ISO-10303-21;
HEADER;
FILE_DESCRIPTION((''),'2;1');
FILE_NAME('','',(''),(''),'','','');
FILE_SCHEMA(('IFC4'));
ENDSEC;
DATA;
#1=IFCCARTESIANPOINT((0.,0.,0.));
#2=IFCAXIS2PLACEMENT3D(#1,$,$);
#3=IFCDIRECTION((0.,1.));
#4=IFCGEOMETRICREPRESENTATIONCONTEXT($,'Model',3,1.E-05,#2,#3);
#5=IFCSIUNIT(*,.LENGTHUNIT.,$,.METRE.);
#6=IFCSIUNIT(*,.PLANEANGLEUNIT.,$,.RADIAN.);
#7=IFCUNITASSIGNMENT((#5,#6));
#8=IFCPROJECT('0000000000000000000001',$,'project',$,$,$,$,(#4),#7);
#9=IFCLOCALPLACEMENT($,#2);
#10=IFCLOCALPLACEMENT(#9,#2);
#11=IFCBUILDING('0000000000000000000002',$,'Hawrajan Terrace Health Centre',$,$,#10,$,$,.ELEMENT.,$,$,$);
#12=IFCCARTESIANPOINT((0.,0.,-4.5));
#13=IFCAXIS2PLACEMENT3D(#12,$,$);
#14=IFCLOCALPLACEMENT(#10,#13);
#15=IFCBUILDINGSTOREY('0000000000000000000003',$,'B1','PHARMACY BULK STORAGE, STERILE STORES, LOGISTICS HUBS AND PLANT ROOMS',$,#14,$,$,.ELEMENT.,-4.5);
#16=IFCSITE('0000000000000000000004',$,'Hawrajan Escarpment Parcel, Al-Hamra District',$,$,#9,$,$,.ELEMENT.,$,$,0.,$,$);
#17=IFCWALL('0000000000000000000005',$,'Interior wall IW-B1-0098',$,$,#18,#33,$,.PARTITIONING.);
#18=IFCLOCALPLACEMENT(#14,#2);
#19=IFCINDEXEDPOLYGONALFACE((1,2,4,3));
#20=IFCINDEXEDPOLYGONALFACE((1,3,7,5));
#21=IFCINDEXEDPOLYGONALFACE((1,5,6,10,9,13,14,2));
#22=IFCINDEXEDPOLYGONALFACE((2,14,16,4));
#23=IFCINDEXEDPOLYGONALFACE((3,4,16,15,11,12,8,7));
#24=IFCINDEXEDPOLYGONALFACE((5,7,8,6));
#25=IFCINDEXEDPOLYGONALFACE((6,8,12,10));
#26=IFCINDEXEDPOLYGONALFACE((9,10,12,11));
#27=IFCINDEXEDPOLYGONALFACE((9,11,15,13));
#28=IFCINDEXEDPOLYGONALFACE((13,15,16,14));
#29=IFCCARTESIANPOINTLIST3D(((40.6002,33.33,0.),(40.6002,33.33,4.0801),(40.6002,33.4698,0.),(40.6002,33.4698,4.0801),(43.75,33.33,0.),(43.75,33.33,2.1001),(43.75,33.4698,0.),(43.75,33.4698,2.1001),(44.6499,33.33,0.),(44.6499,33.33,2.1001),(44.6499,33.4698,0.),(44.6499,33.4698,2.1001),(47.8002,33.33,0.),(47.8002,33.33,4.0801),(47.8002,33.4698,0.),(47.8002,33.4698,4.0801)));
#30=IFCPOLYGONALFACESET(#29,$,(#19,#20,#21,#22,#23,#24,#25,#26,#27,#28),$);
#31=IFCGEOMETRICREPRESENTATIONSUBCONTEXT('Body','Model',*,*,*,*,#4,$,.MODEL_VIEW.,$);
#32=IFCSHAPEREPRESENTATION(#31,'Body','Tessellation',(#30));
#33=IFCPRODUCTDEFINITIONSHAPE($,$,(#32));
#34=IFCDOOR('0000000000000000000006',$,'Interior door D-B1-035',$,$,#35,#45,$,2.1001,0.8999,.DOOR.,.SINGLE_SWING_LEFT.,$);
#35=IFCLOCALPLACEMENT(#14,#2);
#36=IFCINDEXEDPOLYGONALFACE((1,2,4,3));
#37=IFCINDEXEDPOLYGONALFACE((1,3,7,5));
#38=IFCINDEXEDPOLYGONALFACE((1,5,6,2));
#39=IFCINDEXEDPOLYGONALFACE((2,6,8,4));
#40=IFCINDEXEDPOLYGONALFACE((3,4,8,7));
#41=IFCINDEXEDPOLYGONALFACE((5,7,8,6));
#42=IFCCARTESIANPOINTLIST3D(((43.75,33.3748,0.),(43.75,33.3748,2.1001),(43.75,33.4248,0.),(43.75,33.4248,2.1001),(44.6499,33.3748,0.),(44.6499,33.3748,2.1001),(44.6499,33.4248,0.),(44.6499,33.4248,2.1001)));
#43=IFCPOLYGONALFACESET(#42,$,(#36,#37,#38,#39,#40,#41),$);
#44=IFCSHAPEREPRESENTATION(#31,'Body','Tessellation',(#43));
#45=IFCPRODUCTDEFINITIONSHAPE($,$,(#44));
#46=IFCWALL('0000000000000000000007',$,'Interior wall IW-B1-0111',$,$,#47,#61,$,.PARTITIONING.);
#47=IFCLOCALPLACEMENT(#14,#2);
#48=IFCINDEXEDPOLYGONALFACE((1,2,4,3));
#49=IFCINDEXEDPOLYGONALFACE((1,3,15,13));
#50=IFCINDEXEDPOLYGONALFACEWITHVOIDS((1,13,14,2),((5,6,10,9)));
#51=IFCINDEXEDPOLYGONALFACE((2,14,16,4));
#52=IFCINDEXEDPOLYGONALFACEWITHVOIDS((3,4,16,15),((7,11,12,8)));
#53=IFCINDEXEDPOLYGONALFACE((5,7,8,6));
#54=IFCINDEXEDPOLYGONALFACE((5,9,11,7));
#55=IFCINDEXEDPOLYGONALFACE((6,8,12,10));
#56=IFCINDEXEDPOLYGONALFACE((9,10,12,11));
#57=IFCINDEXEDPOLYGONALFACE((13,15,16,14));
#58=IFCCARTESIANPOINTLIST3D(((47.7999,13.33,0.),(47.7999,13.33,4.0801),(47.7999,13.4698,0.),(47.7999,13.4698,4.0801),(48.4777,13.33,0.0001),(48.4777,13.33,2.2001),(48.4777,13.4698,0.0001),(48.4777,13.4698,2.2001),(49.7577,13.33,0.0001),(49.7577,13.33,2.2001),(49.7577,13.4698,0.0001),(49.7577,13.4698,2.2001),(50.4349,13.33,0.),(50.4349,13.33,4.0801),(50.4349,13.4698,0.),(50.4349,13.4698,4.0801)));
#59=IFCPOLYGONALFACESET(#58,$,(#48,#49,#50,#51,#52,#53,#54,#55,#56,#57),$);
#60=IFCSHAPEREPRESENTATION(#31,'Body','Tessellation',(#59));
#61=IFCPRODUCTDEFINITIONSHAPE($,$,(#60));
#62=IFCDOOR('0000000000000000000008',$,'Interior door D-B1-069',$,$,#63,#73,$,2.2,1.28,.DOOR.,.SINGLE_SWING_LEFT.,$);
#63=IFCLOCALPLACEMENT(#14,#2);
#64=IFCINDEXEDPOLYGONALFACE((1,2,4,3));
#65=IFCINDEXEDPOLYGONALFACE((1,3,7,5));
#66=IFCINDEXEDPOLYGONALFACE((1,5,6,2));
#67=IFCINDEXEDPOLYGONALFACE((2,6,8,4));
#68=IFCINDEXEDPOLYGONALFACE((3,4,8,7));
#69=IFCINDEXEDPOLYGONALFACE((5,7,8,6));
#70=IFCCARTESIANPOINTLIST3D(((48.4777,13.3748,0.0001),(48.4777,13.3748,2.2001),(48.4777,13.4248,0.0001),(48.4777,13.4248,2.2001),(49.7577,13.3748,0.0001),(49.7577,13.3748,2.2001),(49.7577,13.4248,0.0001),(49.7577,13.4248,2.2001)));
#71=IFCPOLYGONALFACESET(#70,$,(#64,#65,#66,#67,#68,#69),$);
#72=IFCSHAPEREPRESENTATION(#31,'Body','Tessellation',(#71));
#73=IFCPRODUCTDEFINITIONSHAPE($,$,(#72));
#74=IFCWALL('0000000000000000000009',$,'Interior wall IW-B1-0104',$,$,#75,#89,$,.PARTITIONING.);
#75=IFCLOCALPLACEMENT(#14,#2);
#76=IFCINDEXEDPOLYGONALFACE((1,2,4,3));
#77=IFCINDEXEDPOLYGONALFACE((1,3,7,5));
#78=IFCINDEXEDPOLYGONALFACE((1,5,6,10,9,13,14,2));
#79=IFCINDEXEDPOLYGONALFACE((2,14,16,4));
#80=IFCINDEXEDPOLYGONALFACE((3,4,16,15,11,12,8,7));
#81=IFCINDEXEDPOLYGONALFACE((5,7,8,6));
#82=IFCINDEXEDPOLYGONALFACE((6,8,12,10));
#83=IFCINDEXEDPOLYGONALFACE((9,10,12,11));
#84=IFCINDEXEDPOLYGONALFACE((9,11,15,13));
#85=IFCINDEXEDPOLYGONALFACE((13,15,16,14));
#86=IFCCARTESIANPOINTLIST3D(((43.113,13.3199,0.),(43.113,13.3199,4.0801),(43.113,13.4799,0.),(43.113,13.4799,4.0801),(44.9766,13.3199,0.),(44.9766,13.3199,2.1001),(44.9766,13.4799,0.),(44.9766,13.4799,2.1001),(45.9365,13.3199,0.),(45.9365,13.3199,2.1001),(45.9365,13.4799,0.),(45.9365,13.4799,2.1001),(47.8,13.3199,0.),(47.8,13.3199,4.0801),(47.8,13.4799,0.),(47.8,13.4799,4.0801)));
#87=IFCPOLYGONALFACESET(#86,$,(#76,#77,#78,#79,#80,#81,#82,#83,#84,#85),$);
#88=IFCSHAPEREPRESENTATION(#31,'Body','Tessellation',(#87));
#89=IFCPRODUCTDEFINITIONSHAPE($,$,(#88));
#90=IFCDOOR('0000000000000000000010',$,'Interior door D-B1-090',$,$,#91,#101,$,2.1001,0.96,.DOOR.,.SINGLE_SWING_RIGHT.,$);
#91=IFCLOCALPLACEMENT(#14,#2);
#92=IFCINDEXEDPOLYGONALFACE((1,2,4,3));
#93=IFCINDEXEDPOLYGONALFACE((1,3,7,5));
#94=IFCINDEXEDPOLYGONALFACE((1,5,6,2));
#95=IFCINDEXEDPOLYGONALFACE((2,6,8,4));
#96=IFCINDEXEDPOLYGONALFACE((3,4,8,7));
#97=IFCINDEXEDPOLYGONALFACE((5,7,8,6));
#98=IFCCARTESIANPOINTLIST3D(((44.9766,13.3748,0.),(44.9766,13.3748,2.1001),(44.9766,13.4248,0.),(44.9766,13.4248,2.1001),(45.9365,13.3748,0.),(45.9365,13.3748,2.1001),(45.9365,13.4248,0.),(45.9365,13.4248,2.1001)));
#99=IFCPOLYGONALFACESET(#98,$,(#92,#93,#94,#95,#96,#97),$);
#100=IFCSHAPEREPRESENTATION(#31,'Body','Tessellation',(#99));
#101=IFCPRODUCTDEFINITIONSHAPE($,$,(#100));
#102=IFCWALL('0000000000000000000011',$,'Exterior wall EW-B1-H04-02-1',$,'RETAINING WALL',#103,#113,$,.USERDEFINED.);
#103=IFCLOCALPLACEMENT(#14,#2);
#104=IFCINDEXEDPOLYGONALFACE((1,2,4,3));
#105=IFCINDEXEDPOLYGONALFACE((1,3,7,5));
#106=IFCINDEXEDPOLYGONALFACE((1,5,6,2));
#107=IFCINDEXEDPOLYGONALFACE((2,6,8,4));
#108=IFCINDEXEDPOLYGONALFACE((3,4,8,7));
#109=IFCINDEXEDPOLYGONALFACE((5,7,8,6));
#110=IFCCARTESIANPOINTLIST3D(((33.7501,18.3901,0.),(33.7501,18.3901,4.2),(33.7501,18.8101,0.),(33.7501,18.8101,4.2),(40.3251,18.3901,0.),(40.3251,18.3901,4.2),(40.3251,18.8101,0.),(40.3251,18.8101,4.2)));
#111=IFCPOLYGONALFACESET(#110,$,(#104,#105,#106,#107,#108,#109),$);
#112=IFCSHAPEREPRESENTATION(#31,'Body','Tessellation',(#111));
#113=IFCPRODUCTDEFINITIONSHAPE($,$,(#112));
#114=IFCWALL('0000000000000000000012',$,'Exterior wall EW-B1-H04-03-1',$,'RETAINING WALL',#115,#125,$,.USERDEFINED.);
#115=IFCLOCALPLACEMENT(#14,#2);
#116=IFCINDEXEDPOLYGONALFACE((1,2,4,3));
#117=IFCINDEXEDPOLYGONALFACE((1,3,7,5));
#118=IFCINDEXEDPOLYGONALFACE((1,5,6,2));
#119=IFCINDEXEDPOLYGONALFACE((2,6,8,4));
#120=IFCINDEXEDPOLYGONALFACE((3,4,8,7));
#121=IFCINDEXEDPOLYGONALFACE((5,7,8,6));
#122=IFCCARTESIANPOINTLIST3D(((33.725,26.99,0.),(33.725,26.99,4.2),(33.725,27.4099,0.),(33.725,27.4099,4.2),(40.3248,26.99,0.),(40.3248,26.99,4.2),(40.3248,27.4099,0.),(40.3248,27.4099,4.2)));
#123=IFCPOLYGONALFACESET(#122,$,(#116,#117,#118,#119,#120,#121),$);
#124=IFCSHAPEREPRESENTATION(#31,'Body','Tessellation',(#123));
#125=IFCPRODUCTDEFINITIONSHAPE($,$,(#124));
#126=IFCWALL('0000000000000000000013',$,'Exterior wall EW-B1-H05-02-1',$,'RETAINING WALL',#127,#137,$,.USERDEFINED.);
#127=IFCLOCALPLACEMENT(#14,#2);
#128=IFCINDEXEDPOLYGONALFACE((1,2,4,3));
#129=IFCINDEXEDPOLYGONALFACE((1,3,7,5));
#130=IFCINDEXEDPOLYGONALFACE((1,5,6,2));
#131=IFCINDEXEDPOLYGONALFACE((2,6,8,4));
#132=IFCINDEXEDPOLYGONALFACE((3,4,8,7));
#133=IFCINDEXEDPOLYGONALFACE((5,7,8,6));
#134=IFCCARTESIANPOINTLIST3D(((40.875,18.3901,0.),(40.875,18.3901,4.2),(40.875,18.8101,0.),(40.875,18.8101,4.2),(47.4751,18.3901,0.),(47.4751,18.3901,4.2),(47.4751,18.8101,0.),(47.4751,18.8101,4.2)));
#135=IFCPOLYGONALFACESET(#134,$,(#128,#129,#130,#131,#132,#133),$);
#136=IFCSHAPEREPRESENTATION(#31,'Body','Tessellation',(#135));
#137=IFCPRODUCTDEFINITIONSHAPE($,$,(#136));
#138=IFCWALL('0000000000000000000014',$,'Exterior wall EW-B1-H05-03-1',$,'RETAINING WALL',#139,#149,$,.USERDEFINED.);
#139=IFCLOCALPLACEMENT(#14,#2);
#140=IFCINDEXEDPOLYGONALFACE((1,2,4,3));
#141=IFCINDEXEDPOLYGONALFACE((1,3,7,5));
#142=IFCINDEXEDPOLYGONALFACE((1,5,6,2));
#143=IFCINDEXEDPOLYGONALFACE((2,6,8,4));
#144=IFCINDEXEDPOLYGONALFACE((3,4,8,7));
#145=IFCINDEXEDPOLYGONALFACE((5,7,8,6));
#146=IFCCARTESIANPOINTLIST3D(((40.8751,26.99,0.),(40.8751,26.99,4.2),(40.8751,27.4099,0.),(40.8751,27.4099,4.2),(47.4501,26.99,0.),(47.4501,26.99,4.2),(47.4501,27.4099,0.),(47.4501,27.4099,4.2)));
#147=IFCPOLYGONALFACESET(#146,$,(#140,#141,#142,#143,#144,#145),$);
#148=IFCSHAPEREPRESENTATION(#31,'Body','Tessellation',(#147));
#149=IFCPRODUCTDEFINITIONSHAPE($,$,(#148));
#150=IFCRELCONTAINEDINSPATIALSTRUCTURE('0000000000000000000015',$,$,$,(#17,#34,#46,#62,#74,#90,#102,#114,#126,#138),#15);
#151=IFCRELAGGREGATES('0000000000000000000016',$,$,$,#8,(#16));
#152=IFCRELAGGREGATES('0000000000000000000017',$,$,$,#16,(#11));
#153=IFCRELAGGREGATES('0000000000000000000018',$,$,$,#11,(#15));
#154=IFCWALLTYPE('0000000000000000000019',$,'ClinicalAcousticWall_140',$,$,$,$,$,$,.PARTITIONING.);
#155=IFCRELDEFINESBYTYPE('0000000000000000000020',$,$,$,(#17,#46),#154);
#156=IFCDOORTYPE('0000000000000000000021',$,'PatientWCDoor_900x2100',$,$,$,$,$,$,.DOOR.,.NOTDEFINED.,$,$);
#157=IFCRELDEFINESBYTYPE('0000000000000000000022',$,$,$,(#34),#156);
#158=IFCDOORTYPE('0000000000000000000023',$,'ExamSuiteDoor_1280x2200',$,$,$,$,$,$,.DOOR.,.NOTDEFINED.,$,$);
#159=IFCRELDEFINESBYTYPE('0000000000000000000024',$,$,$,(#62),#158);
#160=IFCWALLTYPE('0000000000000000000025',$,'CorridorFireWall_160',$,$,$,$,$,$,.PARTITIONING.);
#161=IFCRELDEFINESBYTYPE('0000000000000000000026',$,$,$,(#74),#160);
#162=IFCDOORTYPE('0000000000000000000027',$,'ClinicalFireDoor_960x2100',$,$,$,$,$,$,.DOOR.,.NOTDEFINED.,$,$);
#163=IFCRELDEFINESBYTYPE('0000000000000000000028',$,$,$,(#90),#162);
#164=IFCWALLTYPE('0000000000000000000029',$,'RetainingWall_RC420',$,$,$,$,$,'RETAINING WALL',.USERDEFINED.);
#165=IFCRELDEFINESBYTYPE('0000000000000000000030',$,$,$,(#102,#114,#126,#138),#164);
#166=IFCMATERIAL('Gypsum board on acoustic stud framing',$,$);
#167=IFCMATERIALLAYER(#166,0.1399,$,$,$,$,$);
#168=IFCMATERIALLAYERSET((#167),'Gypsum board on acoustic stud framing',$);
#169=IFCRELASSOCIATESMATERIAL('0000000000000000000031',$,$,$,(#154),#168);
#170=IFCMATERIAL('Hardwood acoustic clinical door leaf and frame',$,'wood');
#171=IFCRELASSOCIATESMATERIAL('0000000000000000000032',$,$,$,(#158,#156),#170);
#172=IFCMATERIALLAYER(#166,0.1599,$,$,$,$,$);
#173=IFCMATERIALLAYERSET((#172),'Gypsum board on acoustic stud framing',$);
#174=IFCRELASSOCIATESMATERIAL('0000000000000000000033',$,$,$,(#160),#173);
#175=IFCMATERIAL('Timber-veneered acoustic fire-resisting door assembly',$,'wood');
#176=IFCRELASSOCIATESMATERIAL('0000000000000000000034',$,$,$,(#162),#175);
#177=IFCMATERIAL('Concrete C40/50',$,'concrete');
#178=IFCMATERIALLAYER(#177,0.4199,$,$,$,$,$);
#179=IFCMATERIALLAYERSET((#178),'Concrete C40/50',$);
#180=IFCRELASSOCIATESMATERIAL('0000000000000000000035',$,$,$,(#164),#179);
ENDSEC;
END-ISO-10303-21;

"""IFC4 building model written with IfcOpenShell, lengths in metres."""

from ifc_helpers import new_model, si_unit, direction, frame, frame_2d, origin, place, context, subcontext, project, spatial, rectangle, extrude, material, layer, layer_set, type_object, element, fill, save


model = new_model("IFC4")

# Units and contexts
model_context = context("Model", 3, precision=1e-05, world=origin(), true_north=direction((0.0, 1.0)))
body_context = subcontext(model_context, "Body", "Model", "MODEL_VIEW")
ifc_project = project(units=[si_unit("LENGTHUNIT", "METRE"), si_unit("PLANEANGLEUNIT", "RADIAN")], contexts=[model_context])

# Site, building, storey
site_placement = place(None, origin())
site = spatial("IfcSite", under=ifc_project, at=site_placement, Name="Hawrajan Escarpment Parcel, Al-Hamra District", CompositionType="ELEMENT", RefElevation=0.0)
building_placement = place(site_placement, origin())
building = spatial("IfcBuilding", under=site, at=building_placement, Name="Hawrajan Terrace Health Centre", CompositionType="ELEMENT")
storey_placement = place(building_placement, frame((0.0, 0.0, -4.5)))
storey = spatial("IfcBuildingStorey", under=building, at=storey_placement, Name="B1", Description="PHARMACY BULK STORAGE, STERILE STORES, LOGISTICS HUBS AND PLANT ROOMS", CompositionType="ELEMENT", Elevation=-4.5)

# Shared definitions
ifc_material_1 = material(Name="Concrete C40/50", Category="concrete")

# Shared definitions
ifc_material_2 = material(Name="Gypsum board on acoustic stud framing")
ifc_layer_1 = layer(ifc_material_2, 0.1399)
ifc_layer_set_1 = layer_set([ifc_layer_1], Name="Gypsum board on acoustic stud framing")
wall_type_1 = type_object("IfcWallType", Name="ClinicalAcousticWall_140", PredefinedType="PARTITIONING", material=ifc_layer_set_1)

# Walls, openings, doors
ifc_material_3 = material(Name="Hardwood acoustic clinical door leaf and frame", Category="wood")
door_type_1 = type_object("IfcDoorType", Name="ExamSuiteDoor_1280x2200", OperationType="NOTDEFINED", PredefinedType="DOOR", material=ifc_material_3)
wall_1_placement = place(storey_placement, frame((40.6001, 33.3999, 0.0), z_axis=(0.0, 0.0, 1.0), x_axis=(1.0, 0.0, 0.0)))
wall_1 = element("IfcWall", 1, at=wall_1_placement, inside=storey, type_object=wall_type_1, Name="Interior wall IW-B1-0098", PredefinedType="PARTITIONING", context=body_context, shape_type="SweptSolid", body=[
    extrude(rectangle(XDim=7.2, YDim=0.1399, at=frame_2d((3.6001, 0.0))), origin(), (0.0, 0.0, 1.0), 4.0801),
])
opening_1_placement = place(wall_1_placement, frame((3.1499, 0.0, 0.0)))
opening_1 = element("IfcOpeningElement", 2, at=opening_1_placement, cuts=wall_1, PredefinedType="OPENING", context=body_context, shape_type="SweptSolid", body=[
    extrude(rectangle(XDim=0.8999, YDim=2.1001, at=frame_2d((0.45, 1.05))), frame((0.0, 0.0798, 0.0), z_axis=(0.0, -1.0, 0.0), x_axis=(1.0, 0.0, 0.0)), (0.0, 0.0, 1.0), 0.1599),
])
door_type_2 = type_object("IfcDoorType", Name="PatientWCDoor_900x2100", OperationType="NOTDEFINED", PredefinedType="DOOR", material=ifc_material_3)
door_1_placement = place(opening_1_placement, origin())
door_1 = element("IfcDoor", 3, at=door_1_placement, inside=storey, type_object=door_type_2, Name="Interior door D-B1-035", OperationType="SINGLE_SWING_LEFT", OverallHeight=2.1001, OverallWidth=0.8999, PredefinedType="DOOR", context=body_context, shape_type="SweptSolid", body=[
    extrude(rectangle(XDim=0.8999, YDim=2.1001, at=frame_2d((0.45, 1.05))), frame((0.0, 0.0249, 0.0), z_axis=(0.0, -1.0, 0.0), x_axis=(1.0, 0.0, 0.0)), (0.0, 0.0, 1.0), 0.05),
])
fill(opening_1, door_1)
wall_2_placement = place(storey_placement, frame((47.8, 13.3999, 0.0), z_axis=(0.0, 0.0, 1.0), x_axis=(1.0, 0.0, 0.0)))
wall_2 = element("IfcWall", 4, at=wall_2_placement, inside=storey, type_object=wall_type_1, Name="Interior wall IW-B1-0111", PredefinedType="PARTITIONING", context=body_context, shape_type="SweptSolid", body=[
    extrude(rectangle(XDim=2.635, YDim=0.1399, at=frame_2d((1.3174, 0.0))), origin(), (0.0, 0.0, 1.0), 4.0801),
])
opening_2_placement = place(wall_2_placement, frame((0.6775, 0.0, 0.0)))
opening_2 = element("IfcOpeningElement", 5, at=opening_2_placement, cuts=wall_2, PredefinedType="OPENING", context=body_context, shape_type="SweptSolid", body=[
    extrude(rectangle(XDim=1.28, YDim=2.2, at=frame_2d((0.6401, 1.1001))), frame((0.0, 0.0798, 0.0), z_axis=(0.0, -1.0, 0.0), x_axis=(1.0, 0.0, 0.0)), (0.0, 0.0, 1.0), 0.1599),
])
door_2_placement = place(opening_2_placement, origin())
door_2 = element("IfcDoor", 6, at=door_2_placement, inside=storey, type_object=door_type_1, Name="Interior door D-B1-069", OperationType="SINGLE_SWING_LEFT", OverallHeight=2.2, OverallWidth=1.28, PredefinedType="DOOR", context=body_context, shape_type="SweptSolid", body=[
    extrude(rectangle(XDim=1.28, YDim=2.2, at=frame_2d((0.6401, 1.1001))), frame((0.0, 0.0249, 0.0), z_axis=(0.0, -1.0, 0.0), x_axis=(1.0, 0.0, 0.0)), (0.0, 0.0, 1.0), 0.05),
])
fill(opening_2, door_2)

# Shared definitions
ifc_layer_2 = layer(ifc_material_2, 0.1599)
ifc_layer_set_2 = layer_set([ifc_layer_2], Name="Gypsum board on acoustic stud framing")
wall_type_2 = type_object("IfcWallType", Name="CorridorFireWall_160", PredefinedType="PARTITIONING", material=ifc_layer_set_2)

# Wall, opening, door
wall_3_placement = place(storey_placement, frame((43.113, 13.3999, 0.0), z_axis=(0.0, 0.0, 1.0), x_axis=(1.0, 0.0, 0.0)))
wall_3 = element("IfcWall", 7, at=wall_3_placement, inside=storey, type_object=wall_type_2, Name="Interior wall IW-B1-0104", PredefinedType="PARTITIONING", context=body_context, shape_type="SweptSolid", body=[
    extrude(rectangle(XDim=4.687, YDim=0.1599, at=frame_2d((2.3435, 0.0))), origin(), (0.0, 0.0, 1.0), 4.0801),
])
opening_3_placement = place(wall_3_placement, frame((1.8635, 0.0, 0.0)))
opening_3 = element("IfcOpeningElement", 8, at=opening_3_placement, cuts=wall_3, PredefinedType="OPENING", context=body_context, shape_type="SweptSolid", body=[
    extrude(rectangle(XDim=0.96, YDim=2.1001, at=frame_2d((0.48, 1.05))), frame((0.0, 0.0898, 0.0), z_axis=(0.0, -1.0, 0.0), x_axis=(1.0, 0.0, 0.0)), (0.0, 0.0, 1.0), 0.1799),
])
ifc_material_4 = material(Name="Timber-veneered acoustic fire-resisting door assembly", Category="wood")
door_type_3 = type_object("IfcDoorType", Name="ClinicalFireDoor_960x2100", OperationType="NOTDEFINED", PredefinedType="DOOR", material=ifc_material_4)
door_3_placement = place(opening_3_placement, origin())
door_3 = element("IfcDoor", 9, at=door_3_placement, inside=storey, type_object=door_type_3, Name="Interior door D-B1-090", OperationType="SINGLE_SWING_RIGHT", OverallHeight=2.1001, OverallWidth=0.96, PredefinedType="DOOR", context=body_context, shape_type="SweptSolid", body=[
    extrude(rectangle(XDim=0.96, YDim=2.1001, at=frame_2d((0.48, 1.05))), frame((0.0, 0.0249, 0.0), z_axis=(0.0, -1.0, 0.0), x_axis=(1.0, 0.0, 0.0)), (0.0, 0.0, 1.0), 0.05),
])
fill(opening_3, door_3)

# Walls
ifc_layer_3 = layer(ifc_material_1, 0.4199)
ifc_layer_set_3 = layer_set([ifc_layer_3], Name="Concrete C40/50")
wall_type_3 = type_object("IfcWallType", Name="RetainingWall_RC420", ElementType="RETAINING WALL", PredefinedType="USERDEFINED", material=ifc_layer_set_3)
wall_4_placement = place(storey_placement, frame((33.75, 18.6001, 0.0), z_axis=(0.0, 0.0, 1.0), x_axis=(1.0, 0.0, 0.0)))
element("IfcWall", 10, at=wall_4_placement, inside=storey, type_object=wall_type_3, Name="Exterior wall EW-B1-H04-02-1", ObjectType="RETAINING WALL", PredefinedType="USERDEFINED", context=body_context, shape_type="SweptSolid", body=[
    extrude(rectangle(XDim=6.575, YDim=0.4199, at=frame_2d((3.2876, 0.0))), origin(), (0.0, 0.0, 1.0), 4.2),
])
wall_5_placement = place(storey_placement, frame((33.7251, 27.2, 0.0), z_axis=(0.0, 0.0, 1.0), x_axis=(1.0, 0.0, 0.0)))
element("IfcWall", 11, at=wall_5_placement, inside=storey, type_object=wall_type_3, Name="Exterior wall EW-B1-H04-03-1", ObjectType="RETAINING WALL", PredefinedType="USERDEFINED", context=body_context, shape_type="SweptSolid", body=[
    extrude(rectangle(XDim=6.5999, YDim=0.4199, at=frame_2d((3.2998, 0.0))), origin(), (0.0, 0.0, 1.0), 4.2),
])
wall_6_placement = place(storey_placement, frame((40.875, 18.6001, 0.0), z_axis=(0.0, 0.0, 1.0), x_axis=(1.0, 0.0, 0.0)))
element("IfcWall", 12, at=wall_6_placement, inside=storey, type_object=wall_type_3, Name="Exterior wall EW-B1-H05-02-1", ObjectType="RETAINING WALL", PredefinedType="USERDEFINED", context=body_context, shape_type="SweptSolid", body=[
    extrude(rectangle(XDim=6.6001, YDim=0.4199, at=frame_2d((3.3, 0.0))), origin(), (0.0, 0.0, 1.0), 4.2),
])
wall_7_placement = place(storey_placement, frame((40.875, 27.2, 0.0), z_axis=(0.0, 0.0, 1.0), x_axis=(1.0, 0.0, 0.0)))
element("IfcWall", 13, at=wall_7_placement, inside=storey, type_object=wall_type_3, Name="Exterior wall EW-B1-H05-03-1", ObjectType="RETAINING WALL", PredefinedType="USERDEFINED", context=body_context, shape_type="SweptSolid", body=[
    extrude(rectangle(XDim=6.575, YDim=0.4199, at=frame_2d((3.2876, 0.0))), origin(), (0.0, 0.0, 1.0), 4.2),
])

save(model, "model.ifc")
